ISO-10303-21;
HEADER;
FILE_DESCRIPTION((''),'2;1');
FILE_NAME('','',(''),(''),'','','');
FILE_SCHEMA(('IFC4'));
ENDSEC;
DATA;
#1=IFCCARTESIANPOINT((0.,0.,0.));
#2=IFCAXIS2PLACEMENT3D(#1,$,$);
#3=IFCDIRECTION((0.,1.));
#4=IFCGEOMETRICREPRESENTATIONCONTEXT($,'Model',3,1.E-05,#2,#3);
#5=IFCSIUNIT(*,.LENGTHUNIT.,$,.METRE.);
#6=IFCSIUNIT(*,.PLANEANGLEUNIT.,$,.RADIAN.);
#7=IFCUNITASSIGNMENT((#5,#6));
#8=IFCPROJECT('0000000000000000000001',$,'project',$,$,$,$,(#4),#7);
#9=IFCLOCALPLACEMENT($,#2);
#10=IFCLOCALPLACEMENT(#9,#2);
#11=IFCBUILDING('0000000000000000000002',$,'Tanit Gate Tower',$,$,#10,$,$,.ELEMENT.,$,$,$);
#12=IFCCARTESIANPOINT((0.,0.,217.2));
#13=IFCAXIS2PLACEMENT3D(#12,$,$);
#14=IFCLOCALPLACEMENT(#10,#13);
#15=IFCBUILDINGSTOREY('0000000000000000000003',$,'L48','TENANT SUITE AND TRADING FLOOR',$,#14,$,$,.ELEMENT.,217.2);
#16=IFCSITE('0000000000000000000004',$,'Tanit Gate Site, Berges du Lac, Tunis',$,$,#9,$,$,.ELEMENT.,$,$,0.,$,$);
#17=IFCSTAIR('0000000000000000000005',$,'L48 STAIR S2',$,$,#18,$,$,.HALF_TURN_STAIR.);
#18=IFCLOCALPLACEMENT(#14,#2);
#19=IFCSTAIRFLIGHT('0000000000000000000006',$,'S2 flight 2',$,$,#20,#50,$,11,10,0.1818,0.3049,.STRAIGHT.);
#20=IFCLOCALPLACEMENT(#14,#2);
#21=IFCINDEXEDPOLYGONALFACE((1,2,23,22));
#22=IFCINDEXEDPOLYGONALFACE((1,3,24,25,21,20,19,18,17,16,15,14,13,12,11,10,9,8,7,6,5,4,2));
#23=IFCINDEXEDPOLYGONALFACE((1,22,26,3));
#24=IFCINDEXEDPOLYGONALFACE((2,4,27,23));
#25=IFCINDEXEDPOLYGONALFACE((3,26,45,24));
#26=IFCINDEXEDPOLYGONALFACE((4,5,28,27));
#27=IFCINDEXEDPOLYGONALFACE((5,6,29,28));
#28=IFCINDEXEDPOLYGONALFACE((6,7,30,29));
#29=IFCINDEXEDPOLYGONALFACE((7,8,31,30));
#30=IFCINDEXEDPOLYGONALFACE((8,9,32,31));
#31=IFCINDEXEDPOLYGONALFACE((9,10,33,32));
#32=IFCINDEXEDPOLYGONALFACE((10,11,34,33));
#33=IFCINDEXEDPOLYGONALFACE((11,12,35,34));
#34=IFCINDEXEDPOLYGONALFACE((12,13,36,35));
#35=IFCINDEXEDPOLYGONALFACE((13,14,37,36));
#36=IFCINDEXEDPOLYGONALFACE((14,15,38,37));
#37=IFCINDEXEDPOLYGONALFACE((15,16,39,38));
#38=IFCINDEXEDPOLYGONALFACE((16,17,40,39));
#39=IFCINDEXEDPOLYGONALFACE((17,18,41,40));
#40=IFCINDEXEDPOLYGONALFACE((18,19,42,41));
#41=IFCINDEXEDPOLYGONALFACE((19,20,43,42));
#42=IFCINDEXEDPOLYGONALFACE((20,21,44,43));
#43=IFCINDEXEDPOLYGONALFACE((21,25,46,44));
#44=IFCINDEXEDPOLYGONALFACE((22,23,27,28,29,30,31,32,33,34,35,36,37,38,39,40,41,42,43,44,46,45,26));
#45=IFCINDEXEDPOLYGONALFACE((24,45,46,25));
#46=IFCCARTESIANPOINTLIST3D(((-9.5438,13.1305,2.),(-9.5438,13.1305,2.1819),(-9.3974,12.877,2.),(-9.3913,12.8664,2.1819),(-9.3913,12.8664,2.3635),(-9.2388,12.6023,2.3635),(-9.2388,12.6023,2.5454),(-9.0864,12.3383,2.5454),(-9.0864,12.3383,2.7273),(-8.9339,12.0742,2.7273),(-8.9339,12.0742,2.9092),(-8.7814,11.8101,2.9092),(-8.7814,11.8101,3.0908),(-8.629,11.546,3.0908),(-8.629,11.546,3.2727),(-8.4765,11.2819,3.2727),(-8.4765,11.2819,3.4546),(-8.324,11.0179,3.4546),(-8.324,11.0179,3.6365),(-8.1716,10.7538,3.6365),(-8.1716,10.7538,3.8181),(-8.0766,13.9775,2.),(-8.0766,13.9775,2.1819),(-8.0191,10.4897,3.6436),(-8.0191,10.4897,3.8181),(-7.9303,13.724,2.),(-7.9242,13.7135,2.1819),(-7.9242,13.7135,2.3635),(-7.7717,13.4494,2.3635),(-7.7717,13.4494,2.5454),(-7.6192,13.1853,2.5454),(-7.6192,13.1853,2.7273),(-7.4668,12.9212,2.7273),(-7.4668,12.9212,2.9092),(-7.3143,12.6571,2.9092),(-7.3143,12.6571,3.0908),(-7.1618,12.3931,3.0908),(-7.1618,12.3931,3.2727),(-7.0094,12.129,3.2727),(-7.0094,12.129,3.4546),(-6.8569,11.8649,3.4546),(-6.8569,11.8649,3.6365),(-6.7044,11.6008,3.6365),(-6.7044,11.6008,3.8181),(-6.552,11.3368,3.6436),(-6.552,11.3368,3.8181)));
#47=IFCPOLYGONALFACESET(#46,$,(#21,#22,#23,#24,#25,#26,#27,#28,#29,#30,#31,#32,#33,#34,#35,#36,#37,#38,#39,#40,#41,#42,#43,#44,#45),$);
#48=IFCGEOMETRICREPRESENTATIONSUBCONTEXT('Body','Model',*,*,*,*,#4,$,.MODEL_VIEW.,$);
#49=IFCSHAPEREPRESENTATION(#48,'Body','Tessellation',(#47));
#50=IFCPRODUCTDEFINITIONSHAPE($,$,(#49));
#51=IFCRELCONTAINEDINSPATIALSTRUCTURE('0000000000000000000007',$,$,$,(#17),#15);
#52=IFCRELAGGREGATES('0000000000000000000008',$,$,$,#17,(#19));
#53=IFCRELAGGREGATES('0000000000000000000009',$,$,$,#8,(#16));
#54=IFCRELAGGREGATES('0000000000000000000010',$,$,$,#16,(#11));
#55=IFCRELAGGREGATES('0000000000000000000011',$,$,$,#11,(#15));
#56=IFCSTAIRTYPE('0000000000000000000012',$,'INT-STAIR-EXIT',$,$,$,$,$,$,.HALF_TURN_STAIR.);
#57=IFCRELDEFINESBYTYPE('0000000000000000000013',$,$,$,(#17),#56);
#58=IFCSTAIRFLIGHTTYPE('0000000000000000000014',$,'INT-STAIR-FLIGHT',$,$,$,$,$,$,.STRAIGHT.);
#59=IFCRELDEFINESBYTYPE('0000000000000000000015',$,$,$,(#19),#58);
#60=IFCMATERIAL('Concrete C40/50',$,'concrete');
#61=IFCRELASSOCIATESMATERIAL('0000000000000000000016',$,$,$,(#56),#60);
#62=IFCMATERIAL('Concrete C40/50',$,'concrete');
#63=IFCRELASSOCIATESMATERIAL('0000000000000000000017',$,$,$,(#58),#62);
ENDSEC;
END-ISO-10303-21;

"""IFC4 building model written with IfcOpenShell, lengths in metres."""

from ifc_helpers import new_model, si_unit, direction, frame, origin, place, context, subcontext, project, spatial, polyline, outline, extrude, material, type_object, element, aggregate, save


model = new_model("IFC4")

# Units and contexts
model_context = context("Model", 3, precision=1e-05, world=origin(), true_north=direction((0.0, 1.0)))
body_context = subcontext(model_context, "Body", "Model", "MODEL_VIEW")
ifc_project = project(units=[si_unit("LENGTHUNIT", "METRE"), si_unit("PLANEANGLEUNIT", "RADIAN")], contexts=[model_context])

# Site, building, storey
site_placement = place(None, origin())
site = spatial("IfcSite", under=ifc_project, at=site_placement, Name="Tanit Gate Site, Berges du Lac, Tunis", CompositionType="ELEMENT", RefElevation=0.0)
building_placement = place(site_placement, origin())
building = spatial("IfcBuilding", under=site, at=building_placement, Name="Tanit Gate Tower", CompositionType="ELEMENT")
storey_placement = place(building_placement, frame((0.0, 0.0, 217.2)))
storey = spatial("IfcBuildingStorey", under=building, at=storey_placement, Name="L48", Description="TENANT SUITE AND TRADING FLOOR", CompositionType="ELEMENT", Elevation=217.2)

# Stair, stair flight
ifc_material_1 = material(Name="Concrete C40/50", Category="concrete")
stair_type = type_object("IfcStairType", Name="INT-STAIR-EXIT", PredefinedType="HALF_TURN_STAIR", material=ifc_material_1)
stair_placement = place(storey_placement, origin())
stair = element("IfcStair", 1, at=stair_placement, inside=storey, type_object=stair_type, Name="L48 STAIR S2", PredefinedType="HALF_TURN_STAIR")
ifc_material_2 = material(Name="Concrete C40/50", Category="concrete")
stair_flight_type = type_object("IfcStairFlightType", Name="INT-STAIR-FLIGHT", PredefinedType="STRAIGHT", material=ifc_material_2)
stair_flight_1_placement = place(storey_placement, frame((-8.8103, 13.554, 2.0), z_axis=(0.0, 0.0, 1.0), x_axis=(0.5, -0.866025, 0.0)))
stair_flight_1 = element("IfcStairFlight", 2, at=stair_flight_1_placement, type_object=stair_flight_type, Name="S2 flight 2", NumberOfRisers=11, NumberOfTreads=10, PredefinedType="STRAIGHT", RiserHeight=0.1818, TreadLength=0.3049, context=body_context, shape_type="SweptSolid", body=[
    extrude(outline(polyline([(0.0, 0.0), (0.0, 0.1819), (0.3049, 0.1819), (0.3049, 0.3635), (0.6099, 0.3635), (0.6099, 0.5454), (0.9148, 0.5454), (0.9148, 0.7273), (1.2197, 0.7273), (1.2197, 0.9092), (1.5247, 0.9092), (1.5247, 1.0908), (1.8296, 1.0908), (1.8296, 1.2727), (2.1345, 1.2727), (2.1345, 1.4546), (2.4395, 1.4546), (2.4395, 1.6365), (2.7444, 1.6365), (2.7444, 1.8181), (3.0493, 1.8181), (3.0493, 2.0), (3.0493, 1.6436), (0.2927, 0.0), (0.0, 0.0)])), frame((0.0, 0.8472, 0.0), z_axis=(0.0, -1.0, 0.0), x_axis=(1.0, 0.0, 0.0)), (0.0, 0.0, 1.0), 1.6941),
])
aggregate(stair, [stair_flight_1])

save(model, "model.ifc")
